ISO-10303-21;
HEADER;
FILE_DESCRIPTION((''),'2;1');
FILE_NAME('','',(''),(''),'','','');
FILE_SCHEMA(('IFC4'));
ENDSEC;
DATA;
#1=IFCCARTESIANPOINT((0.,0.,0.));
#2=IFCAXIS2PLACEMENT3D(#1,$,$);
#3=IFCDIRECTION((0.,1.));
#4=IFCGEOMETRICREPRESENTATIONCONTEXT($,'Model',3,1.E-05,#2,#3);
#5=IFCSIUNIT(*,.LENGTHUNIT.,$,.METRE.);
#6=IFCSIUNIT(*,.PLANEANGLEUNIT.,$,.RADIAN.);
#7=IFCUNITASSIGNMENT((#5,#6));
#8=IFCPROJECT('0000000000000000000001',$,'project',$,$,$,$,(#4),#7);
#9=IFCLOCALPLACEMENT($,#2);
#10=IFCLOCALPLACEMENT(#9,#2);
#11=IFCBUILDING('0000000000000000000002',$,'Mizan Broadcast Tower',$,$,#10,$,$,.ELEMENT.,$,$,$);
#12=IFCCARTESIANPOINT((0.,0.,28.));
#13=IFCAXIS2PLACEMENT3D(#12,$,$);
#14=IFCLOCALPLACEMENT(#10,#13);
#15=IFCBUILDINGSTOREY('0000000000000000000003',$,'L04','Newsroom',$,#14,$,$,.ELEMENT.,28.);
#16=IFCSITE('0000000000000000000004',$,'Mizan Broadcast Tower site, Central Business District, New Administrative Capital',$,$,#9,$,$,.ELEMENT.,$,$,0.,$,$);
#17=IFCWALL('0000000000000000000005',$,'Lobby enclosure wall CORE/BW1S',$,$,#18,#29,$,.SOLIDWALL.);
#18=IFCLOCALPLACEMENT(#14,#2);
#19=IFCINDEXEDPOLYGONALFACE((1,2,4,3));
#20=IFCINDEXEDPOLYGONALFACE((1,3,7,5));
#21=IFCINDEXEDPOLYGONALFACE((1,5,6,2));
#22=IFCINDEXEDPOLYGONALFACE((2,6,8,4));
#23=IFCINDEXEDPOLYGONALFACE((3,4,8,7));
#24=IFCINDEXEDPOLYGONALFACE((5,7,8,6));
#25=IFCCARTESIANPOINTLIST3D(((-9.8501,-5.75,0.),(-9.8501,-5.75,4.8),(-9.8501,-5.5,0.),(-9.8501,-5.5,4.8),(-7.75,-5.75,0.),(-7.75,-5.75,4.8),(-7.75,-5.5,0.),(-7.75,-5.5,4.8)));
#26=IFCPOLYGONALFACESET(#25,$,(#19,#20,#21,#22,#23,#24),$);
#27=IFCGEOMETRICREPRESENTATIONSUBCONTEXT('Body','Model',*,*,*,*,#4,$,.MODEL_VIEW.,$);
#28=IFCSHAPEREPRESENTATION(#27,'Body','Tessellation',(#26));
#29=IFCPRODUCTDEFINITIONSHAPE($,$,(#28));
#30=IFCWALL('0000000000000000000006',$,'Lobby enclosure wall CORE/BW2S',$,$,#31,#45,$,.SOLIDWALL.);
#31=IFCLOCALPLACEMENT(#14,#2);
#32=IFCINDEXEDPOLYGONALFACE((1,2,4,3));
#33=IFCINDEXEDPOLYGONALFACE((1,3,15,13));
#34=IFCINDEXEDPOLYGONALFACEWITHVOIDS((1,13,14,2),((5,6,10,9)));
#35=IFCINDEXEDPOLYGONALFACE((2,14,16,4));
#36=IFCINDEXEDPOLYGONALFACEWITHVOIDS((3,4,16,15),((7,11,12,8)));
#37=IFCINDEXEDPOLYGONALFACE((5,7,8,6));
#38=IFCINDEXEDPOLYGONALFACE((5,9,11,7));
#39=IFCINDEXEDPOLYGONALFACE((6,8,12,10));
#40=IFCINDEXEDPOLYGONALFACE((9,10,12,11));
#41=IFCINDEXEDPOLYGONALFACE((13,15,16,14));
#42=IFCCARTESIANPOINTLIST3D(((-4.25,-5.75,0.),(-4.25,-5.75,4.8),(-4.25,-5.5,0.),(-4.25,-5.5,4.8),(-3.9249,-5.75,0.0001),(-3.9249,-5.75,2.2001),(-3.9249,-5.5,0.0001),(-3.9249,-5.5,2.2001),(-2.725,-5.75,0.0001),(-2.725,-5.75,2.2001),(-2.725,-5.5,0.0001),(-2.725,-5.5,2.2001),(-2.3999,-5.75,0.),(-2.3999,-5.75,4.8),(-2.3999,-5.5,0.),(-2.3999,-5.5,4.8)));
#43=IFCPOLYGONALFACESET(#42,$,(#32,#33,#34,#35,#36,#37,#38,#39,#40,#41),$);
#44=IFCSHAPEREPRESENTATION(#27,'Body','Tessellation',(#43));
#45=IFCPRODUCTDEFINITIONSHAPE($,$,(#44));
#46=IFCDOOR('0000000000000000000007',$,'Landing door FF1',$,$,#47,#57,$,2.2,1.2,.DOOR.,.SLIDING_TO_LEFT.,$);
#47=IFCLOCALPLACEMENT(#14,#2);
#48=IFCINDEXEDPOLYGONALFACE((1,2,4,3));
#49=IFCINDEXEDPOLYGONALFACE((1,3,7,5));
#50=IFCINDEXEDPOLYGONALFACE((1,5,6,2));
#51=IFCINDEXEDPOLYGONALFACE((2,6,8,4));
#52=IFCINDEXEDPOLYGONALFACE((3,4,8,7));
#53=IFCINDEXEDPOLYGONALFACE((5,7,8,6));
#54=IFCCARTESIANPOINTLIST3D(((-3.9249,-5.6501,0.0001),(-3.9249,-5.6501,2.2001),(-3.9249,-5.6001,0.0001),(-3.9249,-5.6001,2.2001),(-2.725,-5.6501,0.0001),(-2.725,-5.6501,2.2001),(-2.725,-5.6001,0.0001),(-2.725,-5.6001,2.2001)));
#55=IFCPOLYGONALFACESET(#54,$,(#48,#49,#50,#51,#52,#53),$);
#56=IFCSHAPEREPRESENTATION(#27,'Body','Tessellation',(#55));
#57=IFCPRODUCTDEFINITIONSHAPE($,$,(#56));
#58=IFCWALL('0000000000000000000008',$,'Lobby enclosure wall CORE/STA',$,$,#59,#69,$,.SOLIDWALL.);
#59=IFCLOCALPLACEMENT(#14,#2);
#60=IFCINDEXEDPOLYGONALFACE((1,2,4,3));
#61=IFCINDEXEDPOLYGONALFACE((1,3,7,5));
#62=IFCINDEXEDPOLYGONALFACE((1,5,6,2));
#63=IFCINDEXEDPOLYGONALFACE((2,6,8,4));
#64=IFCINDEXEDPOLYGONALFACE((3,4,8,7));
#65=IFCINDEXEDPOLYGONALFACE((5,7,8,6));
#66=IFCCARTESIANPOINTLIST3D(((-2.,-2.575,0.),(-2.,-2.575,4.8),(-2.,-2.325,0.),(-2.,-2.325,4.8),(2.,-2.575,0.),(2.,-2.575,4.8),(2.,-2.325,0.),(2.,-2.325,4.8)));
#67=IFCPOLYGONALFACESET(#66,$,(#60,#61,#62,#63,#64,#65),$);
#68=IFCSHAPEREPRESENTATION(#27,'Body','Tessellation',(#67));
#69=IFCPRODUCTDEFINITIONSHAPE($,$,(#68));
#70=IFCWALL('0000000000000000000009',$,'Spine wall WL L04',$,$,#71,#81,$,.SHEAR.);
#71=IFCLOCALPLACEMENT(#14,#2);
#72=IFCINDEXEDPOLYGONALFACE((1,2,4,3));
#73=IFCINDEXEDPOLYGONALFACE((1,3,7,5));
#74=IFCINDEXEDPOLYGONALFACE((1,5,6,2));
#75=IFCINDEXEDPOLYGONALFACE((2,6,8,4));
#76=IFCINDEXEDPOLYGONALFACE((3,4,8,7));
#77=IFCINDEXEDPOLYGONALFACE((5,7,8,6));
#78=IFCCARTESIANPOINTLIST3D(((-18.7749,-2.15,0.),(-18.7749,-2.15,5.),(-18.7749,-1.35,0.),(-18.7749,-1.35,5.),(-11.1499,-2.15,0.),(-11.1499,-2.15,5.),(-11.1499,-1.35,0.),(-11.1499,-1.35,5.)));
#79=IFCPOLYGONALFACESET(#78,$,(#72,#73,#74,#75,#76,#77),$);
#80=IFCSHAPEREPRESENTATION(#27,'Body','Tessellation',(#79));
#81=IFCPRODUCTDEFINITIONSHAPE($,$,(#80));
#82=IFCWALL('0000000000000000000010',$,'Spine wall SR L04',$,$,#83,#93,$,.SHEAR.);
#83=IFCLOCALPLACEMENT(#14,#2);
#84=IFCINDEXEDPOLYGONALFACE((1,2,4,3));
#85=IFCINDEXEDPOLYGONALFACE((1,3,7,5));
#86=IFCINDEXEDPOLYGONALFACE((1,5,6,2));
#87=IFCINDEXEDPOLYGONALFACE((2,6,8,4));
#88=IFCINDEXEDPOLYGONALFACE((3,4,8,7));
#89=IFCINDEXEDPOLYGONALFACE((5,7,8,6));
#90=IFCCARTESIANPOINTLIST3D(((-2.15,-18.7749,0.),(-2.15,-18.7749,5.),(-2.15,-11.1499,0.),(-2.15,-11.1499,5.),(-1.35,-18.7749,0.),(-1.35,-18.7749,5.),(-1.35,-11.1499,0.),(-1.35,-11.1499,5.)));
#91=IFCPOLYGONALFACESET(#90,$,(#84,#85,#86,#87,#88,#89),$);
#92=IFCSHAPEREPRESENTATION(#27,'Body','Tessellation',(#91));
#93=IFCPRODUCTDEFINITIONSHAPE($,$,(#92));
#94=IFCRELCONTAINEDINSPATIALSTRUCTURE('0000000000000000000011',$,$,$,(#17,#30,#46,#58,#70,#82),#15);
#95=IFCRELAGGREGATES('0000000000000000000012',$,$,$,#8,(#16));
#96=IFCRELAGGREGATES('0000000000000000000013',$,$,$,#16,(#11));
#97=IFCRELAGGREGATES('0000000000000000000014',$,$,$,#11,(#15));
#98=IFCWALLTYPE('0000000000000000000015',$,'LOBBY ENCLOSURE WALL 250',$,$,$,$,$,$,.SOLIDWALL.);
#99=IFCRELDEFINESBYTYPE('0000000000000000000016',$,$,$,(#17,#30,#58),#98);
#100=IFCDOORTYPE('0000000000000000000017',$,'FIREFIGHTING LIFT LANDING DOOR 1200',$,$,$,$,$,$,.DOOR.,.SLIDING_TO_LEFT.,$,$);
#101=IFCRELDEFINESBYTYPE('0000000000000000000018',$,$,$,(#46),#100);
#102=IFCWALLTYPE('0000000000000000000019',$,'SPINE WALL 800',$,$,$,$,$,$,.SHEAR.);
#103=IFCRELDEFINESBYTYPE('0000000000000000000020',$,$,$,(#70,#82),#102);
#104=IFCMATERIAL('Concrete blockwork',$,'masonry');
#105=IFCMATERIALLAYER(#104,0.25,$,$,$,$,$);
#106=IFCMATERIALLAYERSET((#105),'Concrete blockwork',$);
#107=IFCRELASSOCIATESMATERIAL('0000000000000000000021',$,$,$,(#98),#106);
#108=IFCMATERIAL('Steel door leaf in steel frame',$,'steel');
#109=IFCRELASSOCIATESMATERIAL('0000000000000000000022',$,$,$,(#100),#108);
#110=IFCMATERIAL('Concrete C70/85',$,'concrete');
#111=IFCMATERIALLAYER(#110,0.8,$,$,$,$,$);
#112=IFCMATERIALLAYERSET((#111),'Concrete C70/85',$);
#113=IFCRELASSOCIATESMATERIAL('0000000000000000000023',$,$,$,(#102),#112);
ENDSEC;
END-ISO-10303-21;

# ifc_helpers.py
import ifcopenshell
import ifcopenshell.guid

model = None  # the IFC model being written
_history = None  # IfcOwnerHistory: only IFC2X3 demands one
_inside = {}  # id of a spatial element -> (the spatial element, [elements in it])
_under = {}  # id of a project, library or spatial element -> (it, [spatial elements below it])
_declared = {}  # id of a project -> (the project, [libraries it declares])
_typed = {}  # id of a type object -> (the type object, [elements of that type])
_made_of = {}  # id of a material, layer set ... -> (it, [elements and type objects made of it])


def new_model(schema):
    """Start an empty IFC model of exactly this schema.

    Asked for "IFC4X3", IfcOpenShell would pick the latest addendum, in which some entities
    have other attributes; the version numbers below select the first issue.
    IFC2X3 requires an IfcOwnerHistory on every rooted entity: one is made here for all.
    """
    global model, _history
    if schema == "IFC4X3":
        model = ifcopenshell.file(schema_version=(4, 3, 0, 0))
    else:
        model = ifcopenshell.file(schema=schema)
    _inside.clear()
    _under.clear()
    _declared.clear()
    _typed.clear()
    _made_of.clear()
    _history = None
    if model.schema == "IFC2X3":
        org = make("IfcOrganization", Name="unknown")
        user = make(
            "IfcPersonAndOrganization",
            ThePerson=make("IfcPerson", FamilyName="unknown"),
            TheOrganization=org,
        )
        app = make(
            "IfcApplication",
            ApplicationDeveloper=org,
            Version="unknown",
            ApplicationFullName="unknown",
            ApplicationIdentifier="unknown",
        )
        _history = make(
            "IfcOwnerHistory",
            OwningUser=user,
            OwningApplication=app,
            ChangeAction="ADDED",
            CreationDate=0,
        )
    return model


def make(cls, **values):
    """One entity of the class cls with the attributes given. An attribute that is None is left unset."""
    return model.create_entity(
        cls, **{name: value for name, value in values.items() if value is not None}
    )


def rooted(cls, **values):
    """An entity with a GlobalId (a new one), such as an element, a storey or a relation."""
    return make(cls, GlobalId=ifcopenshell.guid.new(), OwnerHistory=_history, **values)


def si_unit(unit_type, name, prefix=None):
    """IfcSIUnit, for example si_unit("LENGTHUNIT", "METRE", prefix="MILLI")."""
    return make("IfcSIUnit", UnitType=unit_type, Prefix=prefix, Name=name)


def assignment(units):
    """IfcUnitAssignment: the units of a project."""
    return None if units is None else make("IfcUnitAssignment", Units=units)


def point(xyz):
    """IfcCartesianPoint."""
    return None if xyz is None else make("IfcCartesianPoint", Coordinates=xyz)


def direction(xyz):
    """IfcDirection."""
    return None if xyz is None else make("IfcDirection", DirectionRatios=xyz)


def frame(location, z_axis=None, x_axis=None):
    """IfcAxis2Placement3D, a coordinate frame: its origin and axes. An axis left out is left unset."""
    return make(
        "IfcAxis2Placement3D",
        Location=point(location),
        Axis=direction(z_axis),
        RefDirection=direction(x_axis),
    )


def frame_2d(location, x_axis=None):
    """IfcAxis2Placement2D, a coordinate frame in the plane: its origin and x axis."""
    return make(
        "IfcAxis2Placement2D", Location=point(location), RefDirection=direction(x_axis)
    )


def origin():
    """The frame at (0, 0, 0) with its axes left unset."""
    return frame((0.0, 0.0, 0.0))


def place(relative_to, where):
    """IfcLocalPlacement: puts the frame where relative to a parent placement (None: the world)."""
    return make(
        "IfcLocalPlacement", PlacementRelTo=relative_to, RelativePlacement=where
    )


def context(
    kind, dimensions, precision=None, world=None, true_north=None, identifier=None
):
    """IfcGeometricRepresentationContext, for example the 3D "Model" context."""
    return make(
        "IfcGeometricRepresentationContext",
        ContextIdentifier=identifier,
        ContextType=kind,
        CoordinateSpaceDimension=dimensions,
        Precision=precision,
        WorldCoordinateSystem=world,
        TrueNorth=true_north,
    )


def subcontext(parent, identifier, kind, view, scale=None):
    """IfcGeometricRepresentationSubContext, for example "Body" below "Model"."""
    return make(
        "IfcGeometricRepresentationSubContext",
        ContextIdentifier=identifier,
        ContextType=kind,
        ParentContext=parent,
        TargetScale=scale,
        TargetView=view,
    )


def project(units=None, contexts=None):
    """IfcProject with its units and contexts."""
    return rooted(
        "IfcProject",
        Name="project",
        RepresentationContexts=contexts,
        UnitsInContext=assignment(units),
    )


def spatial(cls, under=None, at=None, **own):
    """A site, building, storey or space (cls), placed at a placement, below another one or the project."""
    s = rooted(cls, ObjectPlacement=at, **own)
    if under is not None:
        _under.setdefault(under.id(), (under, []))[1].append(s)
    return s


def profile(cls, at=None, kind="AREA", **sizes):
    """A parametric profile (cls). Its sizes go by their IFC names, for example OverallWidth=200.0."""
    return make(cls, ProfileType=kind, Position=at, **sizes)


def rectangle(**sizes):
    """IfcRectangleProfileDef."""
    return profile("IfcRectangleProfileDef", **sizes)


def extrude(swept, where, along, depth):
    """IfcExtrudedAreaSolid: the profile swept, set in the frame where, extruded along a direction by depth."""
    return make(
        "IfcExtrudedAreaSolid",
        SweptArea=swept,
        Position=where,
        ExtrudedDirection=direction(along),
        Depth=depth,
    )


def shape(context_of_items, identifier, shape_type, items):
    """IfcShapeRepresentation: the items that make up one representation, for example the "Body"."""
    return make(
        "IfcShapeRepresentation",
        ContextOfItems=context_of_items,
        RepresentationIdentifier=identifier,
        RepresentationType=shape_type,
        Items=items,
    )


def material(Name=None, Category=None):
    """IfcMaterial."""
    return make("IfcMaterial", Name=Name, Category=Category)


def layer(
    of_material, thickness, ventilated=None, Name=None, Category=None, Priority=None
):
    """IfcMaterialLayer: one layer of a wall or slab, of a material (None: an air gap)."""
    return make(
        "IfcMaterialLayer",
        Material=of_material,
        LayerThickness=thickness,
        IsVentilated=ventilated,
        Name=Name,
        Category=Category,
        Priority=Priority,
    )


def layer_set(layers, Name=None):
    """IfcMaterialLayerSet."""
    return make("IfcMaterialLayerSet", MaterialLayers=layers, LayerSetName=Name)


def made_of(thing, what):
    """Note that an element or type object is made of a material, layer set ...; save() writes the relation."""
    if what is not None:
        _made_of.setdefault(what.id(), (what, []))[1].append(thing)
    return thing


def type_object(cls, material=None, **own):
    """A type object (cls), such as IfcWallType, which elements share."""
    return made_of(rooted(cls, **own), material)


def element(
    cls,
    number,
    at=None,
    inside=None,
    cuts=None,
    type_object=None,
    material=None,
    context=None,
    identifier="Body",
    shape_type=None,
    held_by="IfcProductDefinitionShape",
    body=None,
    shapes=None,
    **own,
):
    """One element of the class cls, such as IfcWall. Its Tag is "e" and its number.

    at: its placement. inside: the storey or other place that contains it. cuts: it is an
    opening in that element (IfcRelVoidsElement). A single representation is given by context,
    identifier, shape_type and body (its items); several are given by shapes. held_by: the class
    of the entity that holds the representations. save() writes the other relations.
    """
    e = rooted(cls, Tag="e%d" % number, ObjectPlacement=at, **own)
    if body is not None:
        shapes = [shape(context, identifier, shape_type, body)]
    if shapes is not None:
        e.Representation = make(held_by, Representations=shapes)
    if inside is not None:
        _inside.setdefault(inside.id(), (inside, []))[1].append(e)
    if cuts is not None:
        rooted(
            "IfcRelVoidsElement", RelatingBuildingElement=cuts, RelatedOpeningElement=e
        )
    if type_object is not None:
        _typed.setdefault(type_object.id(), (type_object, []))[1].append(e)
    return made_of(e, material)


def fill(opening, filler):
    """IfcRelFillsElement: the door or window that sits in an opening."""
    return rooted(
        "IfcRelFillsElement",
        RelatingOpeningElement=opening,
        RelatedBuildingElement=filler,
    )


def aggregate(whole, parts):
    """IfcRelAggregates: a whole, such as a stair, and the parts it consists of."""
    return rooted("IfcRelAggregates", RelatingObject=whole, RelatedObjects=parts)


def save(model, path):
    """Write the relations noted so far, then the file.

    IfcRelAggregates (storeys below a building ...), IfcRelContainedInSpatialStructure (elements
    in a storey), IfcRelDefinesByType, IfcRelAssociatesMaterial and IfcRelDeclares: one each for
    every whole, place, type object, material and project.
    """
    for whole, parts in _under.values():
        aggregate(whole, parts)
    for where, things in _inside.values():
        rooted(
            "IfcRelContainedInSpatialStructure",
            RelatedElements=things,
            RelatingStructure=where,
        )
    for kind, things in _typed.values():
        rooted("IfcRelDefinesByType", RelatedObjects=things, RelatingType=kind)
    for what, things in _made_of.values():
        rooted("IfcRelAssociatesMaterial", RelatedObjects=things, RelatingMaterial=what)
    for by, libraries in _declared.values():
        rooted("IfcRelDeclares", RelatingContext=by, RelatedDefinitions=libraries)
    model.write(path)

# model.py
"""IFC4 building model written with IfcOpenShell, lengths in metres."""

from ifc_helpers import new_model, si_unit, direction, frame, frame_2d, origin, place, context, subcontext, project, spatial, rectangle, extrude, material, layer, layer_set, type_object, element, fill, save


model = new_model("IFC4")

# Units and contexts
model_context = context("Model", 3, precision=1e-05, world=origin(), true_north=direction((0.0, 1.0)))
body_context = subcontext(model_context, "Body", "Model", "MODEL_VIEW")
ifc_project = project(units=[si_unit("LENGTHUNIT", "METRE"), si_unit("PLANEANGLEUNIT", "RADIAN")], contexts=[model_context])

# Site, building, storey
site_placement = place(None, origin())
site = spatial("IfcSite", under=ifc_project, at=site_placement, Name="Mizan Broadcast Tower site, Central Business District, New Administrative Capital", CompositionType="ELEMENT", RefElevation=0.0)
building_placement = place(site_placement, origin())
building = spatial("IfcBuilding", under=site, at=building_placement, Name="Mizan Broadcast Tower", CompositionType="ELEMENT")
storey_placement = place(building_placement, frame((0.0, 0.0, 28.0)))
storey = spatial("IfcBuildingStorey", under=building, at=storey_placement, Name="L04", Description="Newsroom", CompositionType="ELEMENT", Elevation=28.0)

# Wall
ifc_material_1 = material(Name="Concrete blockwork", Category="masonry")
ifc_layer_1 = layer(ifc_material_1, 0.25)
ifc_layer_set_1 = layer_set([ifc_layer_1], Name="Concrete blockwork")
wall_type_1 = type_object("IfcWallType", Name="LOBBY ENCLOSURE WALL 250", PredefinedType="SOLIDWALL", material=ifc_layer_set_1)
wall_1_placement = place(storey_placement, frame((-9.8501, -5.625, 0.0), z_axis=(0.0, 0.0, 1.0), x_axis=(1.0, 0.0, 0.0)))
element("IfcWall", 1, at=wall_1_placement, inside=storey, type_object=wall_type_1, Name="Lobby enclosure wall CORE/BW1S", PredefinedType="SOLIDWALL", context=body_context, shape_type="SweptSolid", body=[
    extrude(rectangle(XDim=2.1001, YDim=0.25, at=frame_2d((1.05, 0.0))), origin(), (0.0, 0.0, 1.0), 4.8),
])

# Wall, opening, door
wall_2_placement = place(storey_placement, frame((-4.25, -5.625, 0.0), z_axis=(0.0, 0.0, 1.0), x_axis=(1.0, 0.0, 0.0)))
wall_2 = element("IfcWall", 2, at=wall_2_placement, inside=storey, type_object=wall_type_1, Name="Lobby enclosure wall CORE/BW2S", PredefinedType="SOLIDWALL", context=body_context, shape_type="SweptSolid", body=[
    extrude(rectangle(XDim=1.8501, YDim=0.25, at=frame_2d((0.925, 0.0))), origin(), (0.0, 0.0, 1.0), 4.8),
])
opening_1_placement = place(wall_2_placement, frame((0.325, 0.0, 0.0)))
opening_1 = element("IfcOpeningElement", 3, at=opening_1_placement, cuts=wall_2, PredefinedType="OPENING", context=body_context, shape_type="SweptSolid", body=[
    extrude(rectangle(XDim=1.2, YDim=2.2, at=frame_2d((0.6001, 1.1001))), frame((0.0, 0.135, 0.0), z_axis=(0.0, -1.0, 0.0), x_axis=(1.0, 0.0, 0.0)), (0.0, 0.0, 1.0), 0.27),
])
ifc_material_2 = material(Name="Steel door leaf in steel frame", Category="steel")
door_type_1 = type_object("IfcDoorType", Name="FIREFIGHTING LIFT LANDING DOOR 1200", OperationType="SLIDING_TO_LEFT", PredefinedType="DOOR", material=ifc_material_2)
door_1_placement = place(opening_1_placement, origin())
door_1 = element("IfcDoor", 4, at=door_1_placement, inside=storey, type_object=door_type_1, Name="Landing door FF1", OperationType="SLIDING_TO_LEFT", OverallHeight=2.2, OverallWidth=1.2, PredefinedType="DOOR", context=body_context, shape_type="SweptSolid", body=[
    extrude(rectangle(XDim=1.2, YDim=2.2, at=frame_2d((0.6001, 1.1001))), frame((0.0, 0.0249, 0.0), z_axis=(0.0, -1.0, 0.0), x_axis=(1.0, 0.0, 0.0)), (0.0, 0.0, 1.0), 0.05),
])
fill(opening_1, door_1)

# Walls
wall_3_placement = place(storey_placement, frame((-2.0, -2.45, 0.0), z_axis=(0.0, 0.0, 1.0), x_axis=(1.0, 0.0, 0.0)))
element("IfcWall", 5, at=wall_3_placement, inside=storey, type_object=wall_type_1, Name="Lobby enclosure wall CORE/STA", PredefinedType="SOLIDWALL", context=body_context, shape_type="SweptSolid", body=[
    extrude(rectangle(XDim=4.0, YDim=0.25, at=frame_2d((2.0, 0.0))), origin(), (0.0, 0.0, 1.0), 4.8),
])
ifc_material_3 = material(Name="Concrete C70/85", Category="concrete")
ifc_layer_2 = layer(ifc_material_3, 0.8)
ifc_layer_set_2 = layer_set([ifc_layer_2], Name="Concrete C70/85")
wall_type_2 = type_object("IfcWallType", Name="SPINE WALL 800", PredefinedType="SHEAR", material=ifc_layer_set_2)
for number, where, z_axis, x_axis, name in (
    (6, (-11.1499, -1.75, 0.0), (0.0, 0.0, 1.0), (-1.0, 0.0, 0.0), "Spine wall WL L04"),
    (7, (-1.75, -11.1499, 0.0), (0.0, 0.0, 1.0), (0.0, -1.0, 0.0), "Spine wall SR L04"),
):
    element("IfcWall", number, at=place(storey_placement, frame(where, z_axis=z_axis, x_axis=x_axis)), inside=storey, type_object=wall_type_2, Name=name, PredefinedType="SHEAR", context=body_context, shape_type="SweptSolid", body=[
        extrude(rectangle(XDim=7.625, YDim=0.8, at=frame_2d((3.8125, 0.0))), origin(), (0.0, 0.0, 1.0), 5.0),
    ])

save(model, "model.ifc")
